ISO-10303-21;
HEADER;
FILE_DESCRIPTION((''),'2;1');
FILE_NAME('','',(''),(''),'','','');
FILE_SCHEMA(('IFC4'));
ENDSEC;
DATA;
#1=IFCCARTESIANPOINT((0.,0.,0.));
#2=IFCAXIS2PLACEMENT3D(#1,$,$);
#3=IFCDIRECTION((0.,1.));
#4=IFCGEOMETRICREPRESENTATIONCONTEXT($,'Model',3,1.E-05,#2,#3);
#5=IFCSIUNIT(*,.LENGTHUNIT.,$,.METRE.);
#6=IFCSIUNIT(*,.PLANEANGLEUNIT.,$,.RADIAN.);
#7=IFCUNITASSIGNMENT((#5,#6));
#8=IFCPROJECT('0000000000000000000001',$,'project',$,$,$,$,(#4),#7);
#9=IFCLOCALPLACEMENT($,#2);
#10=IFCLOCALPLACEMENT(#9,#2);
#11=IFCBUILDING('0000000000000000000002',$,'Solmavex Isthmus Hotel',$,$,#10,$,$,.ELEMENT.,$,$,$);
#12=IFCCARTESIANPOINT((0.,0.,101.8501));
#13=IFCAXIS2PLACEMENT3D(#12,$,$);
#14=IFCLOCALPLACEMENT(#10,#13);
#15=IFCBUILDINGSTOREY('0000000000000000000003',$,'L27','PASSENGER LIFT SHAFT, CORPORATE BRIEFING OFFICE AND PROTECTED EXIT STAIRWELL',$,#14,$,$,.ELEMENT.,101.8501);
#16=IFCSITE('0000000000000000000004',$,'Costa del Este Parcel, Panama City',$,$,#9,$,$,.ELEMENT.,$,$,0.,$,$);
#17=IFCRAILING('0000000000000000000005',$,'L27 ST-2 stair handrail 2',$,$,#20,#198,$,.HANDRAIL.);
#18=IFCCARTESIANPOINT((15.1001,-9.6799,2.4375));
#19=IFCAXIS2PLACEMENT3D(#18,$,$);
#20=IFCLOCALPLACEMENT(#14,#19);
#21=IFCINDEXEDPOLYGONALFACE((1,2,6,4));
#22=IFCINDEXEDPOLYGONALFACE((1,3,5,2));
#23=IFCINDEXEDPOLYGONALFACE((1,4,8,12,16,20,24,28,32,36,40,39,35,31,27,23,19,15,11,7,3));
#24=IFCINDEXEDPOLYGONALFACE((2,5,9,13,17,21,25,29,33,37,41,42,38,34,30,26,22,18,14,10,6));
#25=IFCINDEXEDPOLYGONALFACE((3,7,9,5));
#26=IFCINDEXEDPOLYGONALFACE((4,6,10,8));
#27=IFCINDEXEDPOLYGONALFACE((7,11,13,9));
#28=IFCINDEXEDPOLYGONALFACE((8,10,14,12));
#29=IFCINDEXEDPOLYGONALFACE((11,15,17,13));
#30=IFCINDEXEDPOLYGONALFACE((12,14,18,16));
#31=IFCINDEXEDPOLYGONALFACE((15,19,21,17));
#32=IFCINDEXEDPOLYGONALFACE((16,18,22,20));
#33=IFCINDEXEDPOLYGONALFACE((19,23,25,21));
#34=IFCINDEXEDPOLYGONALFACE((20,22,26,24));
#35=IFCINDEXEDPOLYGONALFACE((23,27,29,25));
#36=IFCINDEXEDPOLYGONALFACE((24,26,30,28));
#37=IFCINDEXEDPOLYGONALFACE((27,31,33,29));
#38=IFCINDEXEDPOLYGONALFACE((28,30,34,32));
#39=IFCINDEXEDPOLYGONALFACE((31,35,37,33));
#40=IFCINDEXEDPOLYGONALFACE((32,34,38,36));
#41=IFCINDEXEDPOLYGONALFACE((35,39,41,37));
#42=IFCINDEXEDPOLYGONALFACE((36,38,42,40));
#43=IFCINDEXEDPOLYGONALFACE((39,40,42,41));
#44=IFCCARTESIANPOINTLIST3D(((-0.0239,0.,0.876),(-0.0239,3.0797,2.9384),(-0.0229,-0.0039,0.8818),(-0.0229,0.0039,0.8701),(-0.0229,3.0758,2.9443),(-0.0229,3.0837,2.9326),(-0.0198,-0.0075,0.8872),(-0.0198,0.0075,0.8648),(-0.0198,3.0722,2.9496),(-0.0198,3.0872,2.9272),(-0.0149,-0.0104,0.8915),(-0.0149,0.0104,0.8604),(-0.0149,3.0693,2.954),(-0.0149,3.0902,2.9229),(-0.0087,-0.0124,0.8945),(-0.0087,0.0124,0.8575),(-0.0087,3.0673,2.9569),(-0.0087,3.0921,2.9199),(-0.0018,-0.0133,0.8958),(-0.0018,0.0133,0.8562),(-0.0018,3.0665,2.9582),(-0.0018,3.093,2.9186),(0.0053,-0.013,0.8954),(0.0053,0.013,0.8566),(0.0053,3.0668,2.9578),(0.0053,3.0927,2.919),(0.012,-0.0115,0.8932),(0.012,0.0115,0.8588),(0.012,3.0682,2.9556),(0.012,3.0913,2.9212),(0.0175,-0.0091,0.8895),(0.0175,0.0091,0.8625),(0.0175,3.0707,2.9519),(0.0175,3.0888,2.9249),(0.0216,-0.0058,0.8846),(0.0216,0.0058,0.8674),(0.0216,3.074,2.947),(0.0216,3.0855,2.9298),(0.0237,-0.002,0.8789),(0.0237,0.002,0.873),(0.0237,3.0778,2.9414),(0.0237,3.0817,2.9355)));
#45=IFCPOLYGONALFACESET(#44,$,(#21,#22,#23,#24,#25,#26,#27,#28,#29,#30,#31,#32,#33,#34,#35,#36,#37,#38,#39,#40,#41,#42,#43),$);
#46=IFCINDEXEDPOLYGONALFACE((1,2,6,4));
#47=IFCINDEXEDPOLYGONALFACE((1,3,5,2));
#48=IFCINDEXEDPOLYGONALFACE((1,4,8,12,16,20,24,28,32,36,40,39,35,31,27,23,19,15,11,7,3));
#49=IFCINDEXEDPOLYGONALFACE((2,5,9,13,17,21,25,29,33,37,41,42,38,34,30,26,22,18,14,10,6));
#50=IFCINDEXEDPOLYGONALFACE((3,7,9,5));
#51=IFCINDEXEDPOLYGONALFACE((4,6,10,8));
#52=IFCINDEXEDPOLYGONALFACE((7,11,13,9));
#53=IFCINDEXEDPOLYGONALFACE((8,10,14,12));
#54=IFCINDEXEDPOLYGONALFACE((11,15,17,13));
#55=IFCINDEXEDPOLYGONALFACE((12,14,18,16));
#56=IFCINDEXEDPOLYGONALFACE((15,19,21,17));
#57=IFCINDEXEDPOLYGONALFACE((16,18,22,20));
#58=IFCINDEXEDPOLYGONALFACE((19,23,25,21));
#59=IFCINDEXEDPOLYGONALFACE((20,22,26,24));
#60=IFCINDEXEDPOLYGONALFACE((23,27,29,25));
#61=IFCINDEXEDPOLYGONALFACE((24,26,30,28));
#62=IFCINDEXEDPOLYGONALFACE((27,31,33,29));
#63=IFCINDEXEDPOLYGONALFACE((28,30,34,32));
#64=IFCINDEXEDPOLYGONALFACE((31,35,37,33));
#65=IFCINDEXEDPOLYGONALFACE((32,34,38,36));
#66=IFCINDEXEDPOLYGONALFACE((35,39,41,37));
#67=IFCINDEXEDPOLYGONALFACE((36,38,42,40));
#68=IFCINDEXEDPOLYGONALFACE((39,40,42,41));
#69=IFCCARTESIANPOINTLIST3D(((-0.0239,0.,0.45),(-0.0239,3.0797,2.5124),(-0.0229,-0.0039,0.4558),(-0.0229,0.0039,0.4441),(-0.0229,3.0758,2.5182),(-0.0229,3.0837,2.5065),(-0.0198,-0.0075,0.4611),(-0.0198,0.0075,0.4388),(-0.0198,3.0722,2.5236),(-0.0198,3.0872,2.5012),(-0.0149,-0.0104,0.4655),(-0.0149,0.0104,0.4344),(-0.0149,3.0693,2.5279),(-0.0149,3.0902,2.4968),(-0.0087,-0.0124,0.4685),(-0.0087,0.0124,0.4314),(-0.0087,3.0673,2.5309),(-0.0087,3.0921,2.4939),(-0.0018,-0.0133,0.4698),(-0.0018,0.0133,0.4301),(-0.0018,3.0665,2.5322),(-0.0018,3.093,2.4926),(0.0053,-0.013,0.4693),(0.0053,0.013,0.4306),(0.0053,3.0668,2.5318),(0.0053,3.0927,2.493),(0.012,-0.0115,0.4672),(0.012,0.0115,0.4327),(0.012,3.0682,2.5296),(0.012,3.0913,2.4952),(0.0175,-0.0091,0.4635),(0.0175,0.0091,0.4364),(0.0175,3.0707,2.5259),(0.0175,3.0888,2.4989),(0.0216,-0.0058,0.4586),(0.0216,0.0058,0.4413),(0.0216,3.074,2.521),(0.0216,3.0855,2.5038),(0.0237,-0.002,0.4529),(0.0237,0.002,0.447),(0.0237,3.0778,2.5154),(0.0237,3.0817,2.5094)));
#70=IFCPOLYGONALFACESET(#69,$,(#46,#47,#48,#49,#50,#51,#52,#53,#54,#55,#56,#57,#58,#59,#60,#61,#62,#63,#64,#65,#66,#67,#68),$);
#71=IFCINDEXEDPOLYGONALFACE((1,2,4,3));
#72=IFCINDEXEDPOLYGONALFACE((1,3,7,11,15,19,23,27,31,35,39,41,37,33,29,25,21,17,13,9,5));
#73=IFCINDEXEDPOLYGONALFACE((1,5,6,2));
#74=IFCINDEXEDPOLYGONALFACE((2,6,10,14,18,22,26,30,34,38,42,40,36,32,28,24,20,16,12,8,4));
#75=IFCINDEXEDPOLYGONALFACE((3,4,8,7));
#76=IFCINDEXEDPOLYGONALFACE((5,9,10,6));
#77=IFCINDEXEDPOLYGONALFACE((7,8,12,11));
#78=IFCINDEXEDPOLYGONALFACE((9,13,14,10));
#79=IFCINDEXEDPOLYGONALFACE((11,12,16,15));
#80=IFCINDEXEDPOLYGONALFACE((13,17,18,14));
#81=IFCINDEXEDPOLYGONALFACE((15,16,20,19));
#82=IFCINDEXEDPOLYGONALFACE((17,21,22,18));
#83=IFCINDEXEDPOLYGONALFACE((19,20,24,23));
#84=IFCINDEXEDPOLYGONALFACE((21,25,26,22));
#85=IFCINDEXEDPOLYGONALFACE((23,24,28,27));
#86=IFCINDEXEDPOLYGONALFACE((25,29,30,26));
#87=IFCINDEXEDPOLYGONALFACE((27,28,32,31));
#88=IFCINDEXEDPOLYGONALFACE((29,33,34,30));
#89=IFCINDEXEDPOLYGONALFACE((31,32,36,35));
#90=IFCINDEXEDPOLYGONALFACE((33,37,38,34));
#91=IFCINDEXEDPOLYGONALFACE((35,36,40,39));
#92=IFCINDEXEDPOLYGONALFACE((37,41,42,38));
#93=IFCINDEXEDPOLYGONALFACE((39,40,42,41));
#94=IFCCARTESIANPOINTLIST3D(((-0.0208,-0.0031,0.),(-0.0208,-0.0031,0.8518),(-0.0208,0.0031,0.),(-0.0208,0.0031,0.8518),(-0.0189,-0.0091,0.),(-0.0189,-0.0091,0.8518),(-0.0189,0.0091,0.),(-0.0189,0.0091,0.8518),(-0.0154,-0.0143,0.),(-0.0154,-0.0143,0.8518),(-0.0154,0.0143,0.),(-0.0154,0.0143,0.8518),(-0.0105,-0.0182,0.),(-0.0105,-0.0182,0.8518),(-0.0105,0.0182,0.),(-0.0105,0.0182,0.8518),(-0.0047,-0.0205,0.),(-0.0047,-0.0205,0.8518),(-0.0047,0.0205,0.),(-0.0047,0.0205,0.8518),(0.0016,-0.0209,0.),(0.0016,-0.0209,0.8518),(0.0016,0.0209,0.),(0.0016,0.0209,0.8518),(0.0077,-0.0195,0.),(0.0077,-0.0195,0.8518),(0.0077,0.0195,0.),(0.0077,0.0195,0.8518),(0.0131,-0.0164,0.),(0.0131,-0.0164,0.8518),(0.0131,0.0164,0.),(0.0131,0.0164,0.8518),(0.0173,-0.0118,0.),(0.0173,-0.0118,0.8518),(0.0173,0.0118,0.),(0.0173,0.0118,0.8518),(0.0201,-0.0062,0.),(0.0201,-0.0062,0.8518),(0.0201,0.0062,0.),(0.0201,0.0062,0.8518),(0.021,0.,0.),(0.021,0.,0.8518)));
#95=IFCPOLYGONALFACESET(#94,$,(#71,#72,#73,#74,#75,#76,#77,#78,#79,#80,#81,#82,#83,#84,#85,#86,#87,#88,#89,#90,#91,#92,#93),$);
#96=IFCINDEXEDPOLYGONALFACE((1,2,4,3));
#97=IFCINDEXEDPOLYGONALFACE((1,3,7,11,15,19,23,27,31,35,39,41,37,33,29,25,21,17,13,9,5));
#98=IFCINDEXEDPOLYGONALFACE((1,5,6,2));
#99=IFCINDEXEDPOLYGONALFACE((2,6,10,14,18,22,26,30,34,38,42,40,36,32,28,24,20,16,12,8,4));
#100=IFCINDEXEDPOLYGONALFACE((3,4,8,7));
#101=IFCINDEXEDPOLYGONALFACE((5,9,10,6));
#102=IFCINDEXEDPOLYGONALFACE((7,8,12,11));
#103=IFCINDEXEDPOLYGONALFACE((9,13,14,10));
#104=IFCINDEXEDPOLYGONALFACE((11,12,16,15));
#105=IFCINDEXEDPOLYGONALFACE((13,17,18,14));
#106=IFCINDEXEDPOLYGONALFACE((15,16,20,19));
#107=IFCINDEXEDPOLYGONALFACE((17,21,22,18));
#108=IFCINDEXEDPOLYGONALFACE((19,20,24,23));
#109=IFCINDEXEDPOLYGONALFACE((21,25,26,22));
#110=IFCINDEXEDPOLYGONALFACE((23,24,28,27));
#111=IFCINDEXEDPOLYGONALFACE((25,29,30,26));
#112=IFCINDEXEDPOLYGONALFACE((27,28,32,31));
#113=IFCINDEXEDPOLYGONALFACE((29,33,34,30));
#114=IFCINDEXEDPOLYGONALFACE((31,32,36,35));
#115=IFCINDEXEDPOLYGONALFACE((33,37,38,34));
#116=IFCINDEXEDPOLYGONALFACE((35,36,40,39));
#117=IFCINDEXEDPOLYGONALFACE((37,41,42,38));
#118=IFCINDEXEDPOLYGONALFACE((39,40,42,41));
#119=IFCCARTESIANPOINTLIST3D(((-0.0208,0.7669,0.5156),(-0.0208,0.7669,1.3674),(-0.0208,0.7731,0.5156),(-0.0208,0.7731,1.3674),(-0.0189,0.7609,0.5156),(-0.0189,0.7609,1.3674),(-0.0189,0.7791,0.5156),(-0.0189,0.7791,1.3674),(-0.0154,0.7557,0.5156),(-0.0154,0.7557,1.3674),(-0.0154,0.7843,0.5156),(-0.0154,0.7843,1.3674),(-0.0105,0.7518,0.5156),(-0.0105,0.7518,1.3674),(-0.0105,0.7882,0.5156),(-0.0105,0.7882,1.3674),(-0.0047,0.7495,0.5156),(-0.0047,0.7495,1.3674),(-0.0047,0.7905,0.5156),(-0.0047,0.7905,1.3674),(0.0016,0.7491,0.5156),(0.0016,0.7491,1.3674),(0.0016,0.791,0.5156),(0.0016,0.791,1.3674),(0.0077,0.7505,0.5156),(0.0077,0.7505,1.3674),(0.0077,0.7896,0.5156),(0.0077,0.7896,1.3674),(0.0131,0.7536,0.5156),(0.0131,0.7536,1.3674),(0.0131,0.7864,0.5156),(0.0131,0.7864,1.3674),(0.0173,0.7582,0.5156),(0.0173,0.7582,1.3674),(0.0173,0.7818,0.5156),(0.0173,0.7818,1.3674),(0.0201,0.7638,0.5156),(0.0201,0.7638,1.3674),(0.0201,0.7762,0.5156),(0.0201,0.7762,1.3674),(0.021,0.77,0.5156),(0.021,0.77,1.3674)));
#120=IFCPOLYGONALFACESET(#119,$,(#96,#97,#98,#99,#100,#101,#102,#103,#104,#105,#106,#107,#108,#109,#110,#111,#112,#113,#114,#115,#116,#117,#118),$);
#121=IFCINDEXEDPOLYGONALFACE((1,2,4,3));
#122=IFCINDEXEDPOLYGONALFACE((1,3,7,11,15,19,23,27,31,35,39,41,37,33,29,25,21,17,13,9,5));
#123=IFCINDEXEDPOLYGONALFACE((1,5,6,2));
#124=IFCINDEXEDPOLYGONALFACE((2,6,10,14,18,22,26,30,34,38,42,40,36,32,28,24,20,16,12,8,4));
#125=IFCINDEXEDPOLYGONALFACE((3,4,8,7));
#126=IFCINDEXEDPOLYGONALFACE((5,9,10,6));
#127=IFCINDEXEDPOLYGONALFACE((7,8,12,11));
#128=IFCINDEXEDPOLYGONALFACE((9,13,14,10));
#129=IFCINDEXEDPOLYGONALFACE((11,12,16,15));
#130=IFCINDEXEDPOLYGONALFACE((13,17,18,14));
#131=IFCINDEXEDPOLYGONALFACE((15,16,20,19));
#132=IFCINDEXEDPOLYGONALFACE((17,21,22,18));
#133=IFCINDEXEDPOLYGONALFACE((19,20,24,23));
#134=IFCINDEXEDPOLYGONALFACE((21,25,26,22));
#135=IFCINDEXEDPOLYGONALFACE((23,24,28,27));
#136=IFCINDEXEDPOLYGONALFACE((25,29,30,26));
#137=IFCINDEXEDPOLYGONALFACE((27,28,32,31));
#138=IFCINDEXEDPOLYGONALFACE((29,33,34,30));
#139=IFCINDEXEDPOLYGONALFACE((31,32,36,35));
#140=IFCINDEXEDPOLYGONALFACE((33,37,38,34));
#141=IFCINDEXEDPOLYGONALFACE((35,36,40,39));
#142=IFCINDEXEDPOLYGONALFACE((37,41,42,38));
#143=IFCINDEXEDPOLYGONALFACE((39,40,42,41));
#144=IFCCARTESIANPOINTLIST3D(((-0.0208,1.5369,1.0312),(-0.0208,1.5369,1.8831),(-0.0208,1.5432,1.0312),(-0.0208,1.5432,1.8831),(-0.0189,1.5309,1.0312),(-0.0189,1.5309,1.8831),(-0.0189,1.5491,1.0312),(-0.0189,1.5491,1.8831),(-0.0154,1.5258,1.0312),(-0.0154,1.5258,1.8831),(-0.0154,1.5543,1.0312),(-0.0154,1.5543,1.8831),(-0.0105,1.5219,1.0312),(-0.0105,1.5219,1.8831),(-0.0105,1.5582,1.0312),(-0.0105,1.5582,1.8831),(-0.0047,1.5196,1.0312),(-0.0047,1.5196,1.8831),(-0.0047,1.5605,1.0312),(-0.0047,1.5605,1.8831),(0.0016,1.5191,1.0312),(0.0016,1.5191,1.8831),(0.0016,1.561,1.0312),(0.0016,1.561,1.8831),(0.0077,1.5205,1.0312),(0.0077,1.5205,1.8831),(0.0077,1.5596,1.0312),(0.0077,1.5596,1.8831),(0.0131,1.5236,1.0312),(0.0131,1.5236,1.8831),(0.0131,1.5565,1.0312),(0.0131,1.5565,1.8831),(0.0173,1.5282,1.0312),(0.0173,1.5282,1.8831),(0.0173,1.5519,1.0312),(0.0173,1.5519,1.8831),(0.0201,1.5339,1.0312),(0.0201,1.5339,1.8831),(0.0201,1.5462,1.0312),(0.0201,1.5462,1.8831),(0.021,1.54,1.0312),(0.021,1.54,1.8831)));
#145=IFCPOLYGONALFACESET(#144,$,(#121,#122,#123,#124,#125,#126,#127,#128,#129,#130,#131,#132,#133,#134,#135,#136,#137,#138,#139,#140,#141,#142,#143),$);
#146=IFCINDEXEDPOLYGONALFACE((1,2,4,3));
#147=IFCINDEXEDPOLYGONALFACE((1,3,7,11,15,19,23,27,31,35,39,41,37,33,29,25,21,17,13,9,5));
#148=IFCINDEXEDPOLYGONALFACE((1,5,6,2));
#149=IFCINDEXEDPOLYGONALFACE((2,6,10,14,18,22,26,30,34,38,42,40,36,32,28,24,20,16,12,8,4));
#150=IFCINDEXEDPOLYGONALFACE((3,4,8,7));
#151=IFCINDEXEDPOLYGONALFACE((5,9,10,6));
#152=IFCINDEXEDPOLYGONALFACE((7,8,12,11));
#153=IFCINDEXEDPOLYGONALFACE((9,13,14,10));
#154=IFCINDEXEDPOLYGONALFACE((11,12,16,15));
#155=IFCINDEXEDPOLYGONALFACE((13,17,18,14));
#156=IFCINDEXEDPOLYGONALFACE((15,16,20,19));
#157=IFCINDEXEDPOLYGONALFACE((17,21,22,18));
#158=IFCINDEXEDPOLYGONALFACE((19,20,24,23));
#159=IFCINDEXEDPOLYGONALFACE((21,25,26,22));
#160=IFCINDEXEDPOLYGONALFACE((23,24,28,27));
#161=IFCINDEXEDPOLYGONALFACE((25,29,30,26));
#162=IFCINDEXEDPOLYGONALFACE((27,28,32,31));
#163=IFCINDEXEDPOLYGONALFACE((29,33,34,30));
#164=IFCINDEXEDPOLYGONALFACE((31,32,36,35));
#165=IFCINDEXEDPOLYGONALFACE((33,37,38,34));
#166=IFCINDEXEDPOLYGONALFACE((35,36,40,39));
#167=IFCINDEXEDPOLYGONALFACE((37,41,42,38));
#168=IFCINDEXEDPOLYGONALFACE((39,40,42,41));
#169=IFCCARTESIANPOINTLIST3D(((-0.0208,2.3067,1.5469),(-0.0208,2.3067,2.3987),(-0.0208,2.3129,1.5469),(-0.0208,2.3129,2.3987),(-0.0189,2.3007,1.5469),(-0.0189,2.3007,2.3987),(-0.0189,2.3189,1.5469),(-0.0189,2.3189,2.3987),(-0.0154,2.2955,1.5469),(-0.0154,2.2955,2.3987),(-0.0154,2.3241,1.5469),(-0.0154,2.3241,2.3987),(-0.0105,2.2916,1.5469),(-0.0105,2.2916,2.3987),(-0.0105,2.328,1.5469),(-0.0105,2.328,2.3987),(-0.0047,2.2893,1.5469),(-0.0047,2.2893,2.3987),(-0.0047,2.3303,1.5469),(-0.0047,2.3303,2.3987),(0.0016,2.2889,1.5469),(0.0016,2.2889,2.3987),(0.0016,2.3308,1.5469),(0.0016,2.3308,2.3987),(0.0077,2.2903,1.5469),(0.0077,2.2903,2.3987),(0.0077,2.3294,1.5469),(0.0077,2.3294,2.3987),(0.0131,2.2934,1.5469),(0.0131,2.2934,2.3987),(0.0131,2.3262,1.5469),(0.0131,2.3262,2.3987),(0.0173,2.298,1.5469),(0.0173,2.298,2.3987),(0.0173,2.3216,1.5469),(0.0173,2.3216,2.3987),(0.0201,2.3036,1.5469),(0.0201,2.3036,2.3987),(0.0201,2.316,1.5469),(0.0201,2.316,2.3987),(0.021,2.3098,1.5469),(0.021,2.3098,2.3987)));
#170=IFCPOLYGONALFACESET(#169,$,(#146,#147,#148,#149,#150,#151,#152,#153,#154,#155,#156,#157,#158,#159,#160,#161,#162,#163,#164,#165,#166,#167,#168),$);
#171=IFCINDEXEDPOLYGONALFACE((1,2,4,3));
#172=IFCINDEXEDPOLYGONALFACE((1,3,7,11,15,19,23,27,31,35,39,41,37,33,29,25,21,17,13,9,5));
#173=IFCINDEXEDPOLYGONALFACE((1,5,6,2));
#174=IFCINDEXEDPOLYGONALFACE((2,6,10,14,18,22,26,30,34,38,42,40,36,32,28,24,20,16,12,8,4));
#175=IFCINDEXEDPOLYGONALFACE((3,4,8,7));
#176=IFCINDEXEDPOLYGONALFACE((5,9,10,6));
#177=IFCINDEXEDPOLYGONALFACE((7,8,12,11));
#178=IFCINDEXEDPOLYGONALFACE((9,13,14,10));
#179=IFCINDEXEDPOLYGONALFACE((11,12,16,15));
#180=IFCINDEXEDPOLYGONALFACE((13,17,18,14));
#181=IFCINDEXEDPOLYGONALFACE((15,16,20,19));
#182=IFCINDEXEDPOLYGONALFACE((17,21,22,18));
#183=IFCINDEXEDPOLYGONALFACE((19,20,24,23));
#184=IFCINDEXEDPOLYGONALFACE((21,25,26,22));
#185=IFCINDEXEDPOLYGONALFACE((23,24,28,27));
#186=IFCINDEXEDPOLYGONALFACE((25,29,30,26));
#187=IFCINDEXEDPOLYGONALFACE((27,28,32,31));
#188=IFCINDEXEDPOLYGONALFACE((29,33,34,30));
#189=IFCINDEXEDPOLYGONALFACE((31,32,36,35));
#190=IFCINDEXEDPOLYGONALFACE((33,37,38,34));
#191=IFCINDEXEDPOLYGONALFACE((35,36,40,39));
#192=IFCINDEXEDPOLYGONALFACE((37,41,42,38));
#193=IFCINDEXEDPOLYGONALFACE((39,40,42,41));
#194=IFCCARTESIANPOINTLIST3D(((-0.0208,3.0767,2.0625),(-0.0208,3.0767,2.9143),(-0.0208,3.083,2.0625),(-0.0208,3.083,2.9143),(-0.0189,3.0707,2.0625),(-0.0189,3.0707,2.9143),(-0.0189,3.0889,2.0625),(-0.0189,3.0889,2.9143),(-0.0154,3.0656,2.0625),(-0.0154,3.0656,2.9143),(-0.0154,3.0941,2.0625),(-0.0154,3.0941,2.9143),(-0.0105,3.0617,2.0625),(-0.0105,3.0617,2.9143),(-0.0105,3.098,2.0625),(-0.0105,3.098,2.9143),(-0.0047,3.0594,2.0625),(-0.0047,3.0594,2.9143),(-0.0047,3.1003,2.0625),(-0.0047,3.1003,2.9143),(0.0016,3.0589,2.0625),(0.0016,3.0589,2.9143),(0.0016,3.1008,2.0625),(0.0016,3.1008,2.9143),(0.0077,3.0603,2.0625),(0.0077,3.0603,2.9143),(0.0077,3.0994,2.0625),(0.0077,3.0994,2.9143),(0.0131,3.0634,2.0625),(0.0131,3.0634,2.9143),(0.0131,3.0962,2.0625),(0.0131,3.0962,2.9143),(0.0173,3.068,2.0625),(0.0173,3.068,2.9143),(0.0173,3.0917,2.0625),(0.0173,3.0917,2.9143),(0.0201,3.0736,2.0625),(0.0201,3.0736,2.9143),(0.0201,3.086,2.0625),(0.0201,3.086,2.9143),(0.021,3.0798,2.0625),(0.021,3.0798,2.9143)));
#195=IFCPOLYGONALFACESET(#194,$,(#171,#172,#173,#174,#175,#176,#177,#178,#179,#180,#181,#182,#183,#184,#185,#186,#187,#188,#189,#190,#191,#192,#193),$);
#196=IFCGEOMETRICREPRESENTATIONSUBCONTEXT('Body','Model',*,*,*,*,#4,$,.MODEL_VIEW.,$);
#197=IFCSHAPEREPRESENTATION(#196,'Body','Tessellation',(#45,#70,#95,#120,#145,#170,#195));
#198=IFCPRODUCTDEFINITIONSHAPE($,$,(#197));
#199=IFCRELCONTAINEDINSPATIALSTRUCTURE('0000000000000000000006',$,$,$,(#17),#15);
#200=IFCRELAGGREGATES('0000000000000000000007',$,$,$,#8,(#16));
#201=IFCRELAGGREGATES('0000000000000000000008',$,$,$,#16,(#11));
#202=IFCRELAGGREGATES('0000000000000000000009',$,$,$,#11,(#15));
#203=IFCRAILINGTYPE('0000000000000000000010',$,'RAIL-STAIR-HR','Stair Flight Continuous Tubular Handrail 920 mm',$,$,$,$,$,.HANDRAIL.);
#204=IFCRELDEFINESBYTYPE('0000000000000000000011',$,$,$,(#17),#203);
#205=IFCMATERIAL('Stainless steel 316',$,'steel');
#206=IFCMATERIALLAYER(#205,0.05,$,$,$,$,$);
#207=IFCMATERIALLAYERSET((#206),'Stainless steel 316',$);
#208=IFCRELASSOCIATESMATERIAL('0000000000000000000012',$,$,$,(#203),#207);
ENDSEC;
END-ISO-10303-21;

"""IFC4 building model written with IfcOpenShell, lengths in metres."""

from ifc_helpers import new_model, si_unit, direction, frame, origin, origin_2d, place, context, subcontext, project, spatial, circle, extrude, material, layer, layer_set, type_object, element, save


model = new_model("IFC4")

# Units and contexts
model_context = context("Model", 3, precision=1e-05, world=origin(), true_north=direction((0.0, 1.0)))
body_context = subcontext(model_context, "Body", "Model", "MODEL_VIEW")
ifc_project = project(units=[si_unit("LENGTHUNIT", "METRE"), si_unit("PLANEANGLEUNIT", "RADIAN")], contexts=[model_context])

# Site, building, storey
site_placement = place(None, origin())
site = spatial("IfcSite", under=ifc_project, at=site_placement, Name="Costa del Este Parcel, Panama City", CompositionType="ELEMENT", RefElevation=0.0)
building_placement = place(site_placement, origin())
building = spatial("IfcBuilding", under=site, at=building_placement, Name="Solmavex Isthmus Hotel", CompositionType="ELEMENT")
storey_placement = place(building_placement, frame((0.0, 0.0, 101.8501)))
storey = spatial("IfcBuildingStorey", under=building, at=storey_placement, Name="L27", Description="PASSENGER LIFT SHAFT, CORPORATE BRIEFING OFFICE AND PROTECTED EXIT STAIRWELL", CompositionType="ELEMENT", Elevation=101.8501)

# Railing
ifc_material_1 = material(Name="Stainless steel 316", Category="steel")
ifc_layer_1 = layer(ifc_material_1, 0.05)
ifc_layer_set_1 = layer_set([ifc_layer_1], Name="Stainless steel 316")
railing_type = type_object("IfcRailingType", Name="RAIL-STAIR-HR", Description="Stair Flight Continuous Tubular Handrail 920 mm", PredefinedType="HANDRAIL", material=ifc_layer_set_1)
railing_placement = place(storey_placement, frame((15.1001, -9.6799, 2.4375)))
element("IfcRailing", 1, at=railing_placement, inside=storey, type_object=railing_type, Name="L27 ST-2 stair handrail 2", PredefinedType="HANDRAIL", context=body_context, shape_type="SweptSolid", body=[
    extrude(circle(Radius=0.0239, at=origin_2d()), frame((0.0, 0.0, 0.876), z_axis=(0.0, 0.830893, 0.556432), x_axis=(-1.0, 0.0, 0.0)), (0.0, 0.0, 1.0), 3.7065),
    extrude(circle(Radius=0.0239, at=origin_2d()), frame((0.0, 0.0, 0.45), z_axis=(0.0, 0.830893, 0.556432), x_axis=(-1.0, 0.0, 0.0)), (0.0, 0.0, 1.0), 3.7065),
    extrude(circle(Radius=0.021, at=origin_2d()), origin(), (0.0, 0.0, 1.0), 0.8518),
    extrude(circle(Radius=0.021, at=origin_2d()), frame((0.0, 0.77, 0.5156)), (0.0, 0.0, 1.0), 0.8518),
    extrude(circle(Radius=0.021, at=origin_2d()), frame((0.0, 1.54, 1.0312)), (0.0, 0.0, 1.0), 0.8518),
    extrude(circle(Radius=0.021, at=origin_2d()), frame((0.0, 2.3098, 1.5469)), (0.0, 0.0, 1.0), 0.8518),
    extrude(circle(Radius=0.021, at=origin_2d()), frame((0.0, 3.0798, 2.0625)), (0.0, 0.0, 1.0), 0.8518),
])

save(model, "model.ifc")
